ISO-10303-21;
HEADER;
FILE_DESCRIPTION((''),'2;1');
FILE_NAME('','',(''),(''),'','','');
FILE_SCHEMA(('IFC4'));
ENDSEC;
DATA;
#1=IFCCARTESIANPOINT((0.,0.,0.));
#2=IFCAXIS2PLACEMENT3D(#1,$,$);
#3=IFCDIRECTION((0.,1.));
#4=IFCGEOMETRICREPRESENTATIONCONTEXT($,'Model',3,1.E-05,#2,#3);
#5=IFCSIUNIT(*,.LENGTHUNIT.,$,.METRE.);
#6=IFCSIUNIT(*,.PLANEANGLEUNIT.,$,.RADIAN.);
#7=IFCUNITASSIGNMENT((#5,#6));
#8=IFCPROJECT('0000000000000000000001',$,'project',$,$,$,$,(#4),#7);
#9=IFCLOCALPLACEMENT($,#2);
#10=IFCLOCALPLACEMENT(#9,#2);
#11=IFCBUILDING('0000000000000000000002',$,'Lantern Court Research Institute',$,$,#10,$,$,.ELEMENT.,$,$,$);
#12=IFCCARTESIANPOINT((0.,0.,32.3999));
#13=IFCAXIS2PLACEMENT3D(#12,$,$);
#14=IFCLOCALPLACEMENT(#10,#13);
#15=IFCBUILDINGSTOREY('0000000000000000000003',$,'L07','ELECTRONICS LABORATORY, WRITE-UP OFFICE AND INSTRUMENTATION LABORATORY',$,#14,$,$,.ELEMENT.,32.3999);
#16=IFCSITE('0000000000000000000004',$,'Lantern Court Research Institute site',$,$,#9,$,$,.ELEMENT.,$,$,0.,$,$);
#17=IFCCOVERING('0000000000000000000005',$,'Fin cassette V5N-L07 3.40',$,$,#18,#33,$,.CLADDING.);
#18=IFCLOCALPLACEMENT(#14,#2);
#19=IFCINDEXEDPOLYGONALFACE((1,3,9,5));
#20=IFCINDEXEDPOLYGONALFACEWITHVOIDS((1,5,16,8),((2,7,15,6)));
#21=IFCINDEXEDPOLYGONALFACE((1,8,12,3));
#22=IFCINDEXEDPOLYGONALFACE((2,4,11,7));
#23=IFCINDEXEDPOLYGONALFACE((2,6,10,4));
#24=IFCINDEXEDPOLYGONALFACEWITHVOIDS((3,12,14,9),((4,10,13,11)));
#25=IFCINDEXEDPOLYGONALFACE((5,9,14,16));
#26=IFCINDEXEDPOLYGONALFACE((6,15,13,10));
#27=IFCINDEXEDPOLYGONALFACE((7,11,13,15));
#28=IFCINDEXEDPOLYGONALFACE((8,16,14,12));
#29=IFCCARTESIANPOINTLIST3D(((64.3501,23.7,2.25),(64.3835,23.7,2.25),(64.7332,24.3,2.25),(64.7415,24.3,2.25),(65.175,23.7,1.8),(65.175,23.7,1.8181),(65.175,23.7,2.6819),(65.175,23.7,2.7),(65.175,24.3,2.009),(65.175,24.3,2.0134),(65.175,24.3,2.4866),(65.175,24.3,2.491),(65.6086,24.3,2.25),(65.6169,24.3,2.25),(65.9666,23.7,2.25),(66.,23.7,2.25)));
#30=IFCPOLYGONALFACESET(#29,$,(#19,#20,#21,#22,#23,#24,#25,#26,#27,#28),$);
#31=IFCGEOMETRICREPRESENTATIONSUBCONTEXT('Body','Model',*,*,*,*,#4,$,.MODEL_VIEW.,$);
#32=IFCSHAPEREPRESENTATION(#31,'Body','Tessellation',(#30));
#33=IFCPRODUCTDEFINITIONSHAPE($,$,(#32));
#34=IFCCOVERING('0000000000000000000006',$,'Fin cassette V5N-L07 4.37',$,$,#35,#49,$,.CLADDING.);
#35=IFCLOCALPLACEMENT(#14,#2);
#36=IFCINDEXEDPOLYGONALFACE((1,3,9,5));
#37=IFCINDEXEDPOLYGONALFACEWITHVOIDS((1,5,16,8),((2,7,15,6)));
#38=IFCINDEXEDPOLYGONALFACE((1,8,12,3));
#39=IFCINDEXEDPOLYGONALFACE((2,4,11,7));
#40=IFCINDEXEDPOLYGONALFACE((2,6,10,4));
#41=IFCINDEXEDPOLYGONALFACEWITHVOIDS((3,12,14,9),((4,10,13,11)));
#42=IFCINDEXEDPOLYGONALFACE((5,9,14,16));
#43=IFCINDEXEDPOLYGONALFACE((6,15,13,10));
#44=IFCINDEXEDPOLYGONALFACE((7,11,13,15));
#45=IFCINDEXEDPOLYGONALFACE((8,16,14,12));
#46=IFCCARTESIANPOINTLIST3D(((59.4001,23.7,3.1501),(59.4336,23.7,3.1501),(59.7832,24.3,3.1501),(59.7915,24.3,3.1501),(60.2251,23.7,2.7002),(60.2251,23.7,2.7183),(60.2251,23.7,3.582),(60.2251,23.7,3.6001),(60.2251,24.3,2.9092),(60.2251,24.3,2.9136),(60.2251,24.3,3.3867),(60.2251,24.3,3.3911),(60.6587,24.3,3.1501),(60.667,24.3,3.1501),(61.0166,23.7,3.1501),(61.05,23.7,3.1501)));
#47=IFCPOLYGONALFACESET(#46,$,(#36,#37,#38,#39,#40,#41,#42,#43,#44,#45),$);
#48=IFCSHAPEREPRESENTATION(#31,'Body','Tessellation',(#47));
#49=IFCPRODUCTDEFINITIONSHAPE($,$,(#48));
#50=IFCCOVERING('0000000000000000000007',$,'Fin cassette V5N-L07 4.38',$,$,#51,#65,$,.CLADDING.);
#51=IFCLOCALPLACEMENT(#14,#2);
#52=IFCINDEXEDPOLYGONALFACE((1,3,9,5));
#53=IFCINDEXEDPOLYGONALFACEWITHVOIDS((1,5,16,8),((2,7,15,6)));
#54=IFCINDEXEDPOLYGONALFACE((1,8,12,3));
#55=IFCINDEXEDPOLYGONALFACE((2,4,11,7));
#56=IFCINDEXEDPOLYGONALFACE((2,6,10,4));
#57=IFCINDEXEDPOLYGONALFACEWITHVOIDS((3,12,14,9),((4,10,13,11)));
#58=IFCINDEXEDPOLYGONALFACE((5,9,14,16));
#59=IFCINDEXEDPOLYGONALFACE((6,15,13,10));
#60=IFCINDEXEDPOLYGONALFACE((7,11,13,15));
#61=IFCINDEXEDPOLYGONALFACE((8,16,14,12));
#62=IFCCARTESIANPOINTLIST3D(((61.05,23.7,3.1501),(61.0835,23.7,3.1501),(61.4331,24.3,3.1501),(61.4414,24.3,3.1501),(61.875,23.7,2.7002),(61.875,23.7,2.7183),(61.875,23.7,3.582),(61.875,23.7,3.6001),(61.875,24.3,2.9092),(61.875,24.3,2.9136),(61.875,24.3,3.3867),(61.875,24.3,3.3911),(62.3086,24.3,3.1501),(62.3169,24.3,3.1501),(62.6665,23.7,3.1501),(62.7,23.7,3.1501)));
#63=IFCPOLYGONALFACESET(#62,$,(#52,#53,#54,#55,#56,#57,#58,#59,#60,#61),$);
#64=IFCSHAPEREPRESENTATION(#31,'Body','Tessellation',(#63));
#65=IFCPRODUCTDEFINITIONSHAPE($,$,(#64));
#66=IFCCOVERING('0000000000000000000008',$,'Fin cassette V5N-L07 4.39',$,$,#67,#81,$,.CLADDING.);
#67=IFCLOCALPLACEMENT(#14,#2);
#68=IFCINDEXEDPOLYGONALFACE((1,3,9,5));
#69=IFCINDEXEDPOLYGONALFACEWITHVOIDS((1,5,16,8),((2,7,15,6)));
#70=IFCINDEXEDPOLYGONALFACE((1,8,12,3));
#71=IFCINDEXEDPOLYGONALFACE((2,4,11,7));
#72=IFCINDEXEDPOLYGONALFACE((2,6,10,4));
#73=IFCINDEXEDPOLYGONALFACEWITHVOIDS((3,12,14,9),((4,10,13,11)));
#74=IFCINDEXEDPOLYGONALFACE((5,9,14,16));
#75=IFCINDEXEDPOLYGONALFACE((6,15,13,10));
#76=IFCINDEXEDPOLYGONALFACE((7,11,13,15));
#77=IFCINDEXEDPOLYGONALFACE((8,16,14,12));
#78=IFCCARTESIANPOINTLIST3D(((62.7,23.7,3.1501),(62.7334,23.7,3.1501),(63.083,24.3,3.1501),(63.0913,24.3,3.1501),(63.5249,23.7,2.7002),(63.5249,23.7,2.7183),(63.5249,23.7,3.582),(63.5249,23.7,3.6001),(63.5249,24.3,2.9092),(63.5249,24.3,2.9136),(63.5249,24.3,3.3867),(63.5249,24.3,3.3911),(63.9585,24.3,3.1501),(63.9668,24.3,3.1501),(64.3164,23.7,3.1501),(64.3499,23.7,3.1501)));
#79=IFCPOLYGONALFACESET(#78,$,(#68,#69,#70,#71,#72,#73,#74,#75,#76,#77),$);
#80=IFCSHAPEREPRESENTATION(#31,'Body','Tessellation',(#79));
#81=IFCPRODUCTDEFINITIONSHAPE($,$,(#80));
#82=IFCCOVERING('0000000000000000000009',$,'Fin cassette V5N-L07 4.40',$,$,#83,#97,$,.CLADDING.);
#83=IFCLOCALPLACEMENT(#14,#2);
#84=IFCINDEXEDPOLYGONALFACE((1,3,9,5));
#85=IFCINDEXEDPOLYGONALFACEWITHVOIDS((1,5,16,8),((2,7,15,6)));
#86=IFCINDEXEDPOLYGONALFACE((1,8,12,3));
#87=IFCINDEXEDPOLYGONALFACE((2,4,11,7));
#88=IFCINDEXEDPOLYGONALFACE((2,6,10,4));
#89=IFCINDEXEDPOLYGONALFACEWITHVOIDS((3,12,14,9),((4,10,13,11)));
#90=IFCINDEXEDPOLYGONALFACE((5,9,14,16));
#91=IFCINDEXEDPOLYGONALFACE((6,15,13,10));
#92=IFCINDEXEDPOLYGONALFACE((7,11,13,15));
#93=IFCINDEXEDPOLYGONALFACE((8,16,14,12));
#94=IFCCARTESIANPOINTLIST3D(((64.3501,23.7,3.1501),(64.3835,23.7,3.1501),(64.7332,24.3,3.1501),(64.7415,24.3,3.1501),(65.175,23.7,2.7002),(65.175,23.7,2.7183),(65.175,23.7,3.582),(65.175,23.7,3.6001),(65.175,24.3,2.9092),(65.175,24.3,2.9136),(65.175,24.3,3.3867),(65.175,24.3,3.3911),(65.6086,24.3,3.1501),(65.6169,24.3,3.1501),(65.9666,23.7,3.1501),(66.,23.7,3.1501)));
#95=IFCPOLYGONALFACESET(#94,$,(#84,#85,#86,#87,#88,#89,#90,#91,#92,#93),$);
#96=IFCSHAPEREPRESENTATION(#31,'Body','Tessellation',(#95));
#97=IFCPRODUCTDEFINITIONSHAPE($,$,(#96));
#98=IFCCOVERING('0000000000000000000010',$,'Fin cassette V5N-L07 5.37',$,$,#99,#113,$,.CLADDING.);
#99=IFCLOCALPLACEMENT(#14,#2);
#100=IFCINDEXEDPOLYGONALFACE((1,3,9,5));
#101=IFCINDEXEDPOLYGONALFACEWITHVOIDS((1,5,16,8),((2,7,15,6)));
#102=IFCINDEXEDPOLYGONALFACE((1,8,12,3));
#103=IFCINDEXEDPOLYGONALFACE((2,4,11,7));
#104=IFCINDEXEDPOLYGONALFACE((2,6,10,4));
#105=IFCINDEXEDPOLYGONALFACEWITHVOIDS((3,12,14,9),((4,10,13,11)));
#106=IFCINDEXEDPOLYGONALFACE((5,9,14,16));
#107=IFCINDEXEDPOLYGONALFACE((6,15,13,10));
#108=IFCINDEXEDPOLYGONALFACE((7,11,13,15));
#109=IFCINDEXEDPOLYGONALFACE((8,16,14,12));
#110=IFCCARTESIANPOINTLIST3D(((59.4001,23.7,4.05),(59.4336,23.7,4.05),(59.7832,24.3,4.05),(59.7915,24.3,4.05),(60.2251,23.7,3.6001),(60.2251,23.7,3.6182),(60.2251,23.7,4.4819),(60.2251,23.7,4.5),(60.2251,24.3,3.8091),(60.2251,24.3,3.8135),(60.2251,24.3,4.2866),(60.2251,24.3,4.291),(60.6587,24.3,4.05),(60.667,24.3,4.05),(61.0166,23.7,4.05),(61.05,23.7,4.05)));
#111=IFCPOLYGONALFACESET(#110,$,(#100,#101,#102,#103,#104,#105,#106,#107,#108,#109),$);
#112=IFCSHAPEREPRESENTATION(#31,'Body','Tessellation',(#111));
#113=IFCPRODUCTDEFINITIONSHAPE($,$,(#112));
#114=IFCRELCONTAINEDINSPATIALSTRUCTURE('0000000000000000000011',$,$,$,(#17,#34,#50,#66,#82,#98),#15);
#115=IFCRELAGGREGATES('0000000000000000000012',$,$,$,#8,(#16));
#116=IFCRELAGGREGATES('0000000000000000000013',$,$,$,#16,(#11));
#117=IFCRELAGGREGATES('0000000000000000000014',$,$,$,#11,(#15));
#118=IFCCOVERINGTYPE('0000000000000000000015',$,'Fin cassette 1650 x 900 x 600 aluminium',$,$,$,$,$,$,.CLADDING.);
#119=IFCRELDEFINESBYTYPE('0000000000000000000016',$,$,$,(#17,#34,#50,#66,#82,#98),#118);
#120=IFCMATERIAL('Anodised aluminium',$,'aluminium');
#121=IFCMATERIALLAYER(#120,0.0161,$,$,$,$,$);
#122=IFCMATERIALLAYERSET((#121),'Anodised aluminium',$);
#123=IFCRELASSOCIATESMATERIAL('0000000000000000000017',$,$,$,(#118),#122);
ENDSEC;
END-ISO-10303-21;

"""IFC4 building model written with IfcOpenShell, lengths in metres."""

from ifc_helpers import new_model, entity, si_unit, direction, frame, origin, place, context, subcontext, project, spatial, material, layer, layer_set, type_object, element, save


model = new_model("IFC4")

# Units and contexts
model_context = context("Model", 3, precision=1e-05, world=origin(), true_north=direction((0.0, 1.0)))
body_context = subcontext(model_context, "Body", "Model", "MODEL_VIEW")
ifc_project = project(units=[si_unit("LENGTHUNIT", "METRE"), si_unit("PLANEANGLEUNIT", "RADIAN")], contexts=[model_context])

# Site, building, storey
site_placement = place(None, origin())
site = spatial("IfcSite", under=ifc_project, at=site_placement, Name="Lantern Court Research Institute site", CompositionType="ELEMENT", RefElevation=0.0)
building_placement = place(site_placement, origin())
building = spatial("IfcBuilding", under=site, at=building_placement, Name="Lantern Court Research Institute", CompositionType="ELEMENT")
storey_placement = place(building_placement, frame((0.0, 0.0, 32.3999)))
storey = spatial("IfcBuildingStorey", under=building, at=storey_placement, Name="L07", Description="ELECTRONICS LABORATORY, WRITE-UP OFFICE AND INSTRUMENTATION LABORATORY", CompositionType="ELEMENT", Elevation=32.3999)

# Coverings
ifc_material_1 = material(Name="Anodised aluminium", Category="aluminium")
ifc_layer_1 = layer(ifc_material_1, 0.0161)
ifc_layer_set_1 = layer_set([ifc_layer_1], Name="Anodised aluminium")
covering_type = type_object("IfcCoveringType", Name="Fin cassette 1650 x 900 x 600 aluminium", PredefinedType="CLADDING", material=ifc_layer_set_1)
covering_1_placement = place(storey_placement, frame((65.175, 23.7, 2.25), z_axis=(0.0, 1.0, 0.0), x_axis=(-1.0, 0.0, 0.0)))
cartesian_point_1 = entity("IfcCartesianPoint", [0.825, 0.0])
cartesian_point_2 = entity("IfcCartesianPoint", [0.7915, 0.0])
cartesian_point_3 = entity("IfcCartesianPoint", [0.4419, 0.0])
cartesian_point_4 = entity("IfcCartesianPoint", [0.4336, 0.0])
element("IfcCovering", 1, at=covering_1_placement, inside=storey, type_object=covering_type, Name="Fin cassette V5N-L07 3.40", PredefinedType="CLADDING", context=body_context, shape_type="SweptSolid", body=[
    entity("IfcExtrudedAreaSolidTapered", entity("IfcArbitraryProfileDefWithVoids", "AREA", None, entity("IfcPolyline", [cartesian_point_1, entity("IfcCartesianPoint", [0.0, 0.45]), entity("IfcCartesianPoint", [-0.825, 0.0]), entity("IfcCartesianPoint", [0.0, -0.45]), cartesian_point_1]), [entity("IfcPolyline", [cartesian_point_2, entity("IfcCartesianPoint", [0.0, 0.4319]), entity("IfcCartesianPoint", [-0.7915, 0.0]), entity("IfcCartesianPoint", [0.0, -0.4319]), cartesian_point_2])]), entity("IfcAxis2Placement3D", entity("IfcCartesianPoint", [0.0, 0.0, 0.0])), entity("IfcDirection", [0.0, 0.0, 1.0]), 0.6001, entity("IfcArbitraryProfileDefWithVoids", "AREA", None, entity("IfcPolyline", [cartesian_point_3, entity("IfcCartesianPoint", [0.0, 0.241]), entity("IfcCartesianPoint", [-0.4419, 0.0]), entity("IfcCartesianPoint", [0.0, -0.241]), cartesian_point_3]), [entity("IfcPolyline", [cartesian_point_4, entity("IfcCartesianPoint", [0.0, 0.2366]), entity("IfcCartesianPoint", [-0.4336, 0.0]), entity("IfcCartesianPoint", [0.0, -0.2366]), cartesian_point_4])])),
])
covering_2_placement = place(storey_placement, frame((60.2251, 23.7, 3.1501), z_axis=(0.0, 1.0, 0.0), x_axis=(-1.0, 0.0, 0.0)))
cartesian_point_5 = entity("IfcCartesianPoint", [0.825, 0.0])
cartesian_point_6 = entity("IfcCartesianPoint", [0.7915, 0.0])
cartesian_point_7 = entity("IfcCartesianPoint", [0.4419, 0.0])
cartesian_point_8 = entity("IfcCartesianPoint", [0.4336, 0.0])
element("IfcCovering", 2, at=covering_2_placement, inside=storey, type_object=covering_type, Name="Fin cassette V5N-L07 4.37", PredefinedType="CLADDING", context=body_context, shape_type="SweptSolid", body=[
    entity("IfcExtrudedAreaSolidTapered", entity("IfcArbitraryProfileDefWithVoids", "AREA", None, entity("IfcPolyline", [cartesian_point_5, entity("IfcCartesianPoint", [0.0, 0.45]), entity("IfcCartesianPoint", [-0.825, 0.0]), entity("IfcCartesianPoint", [0.0, -0.45]), cartesian_point_5]), [entity("IfcPolyline", [cartesian_point_6, entity("IfcCartesianPoint", [0.0, 0.4319]), entity("IfcCartesianPoint", [-0.7915, 0.0]), entity("IfcCartesianPoint", [0.0, -0.4319]), cartesian_point_6])]), entity("IfcAxis2Placement3D", entity("IfcCartesianPoint", [0.0, 0.0, 0.0])), entity("IfcDirection", [0.0, 0.0, 1.0]), 0.6001, entity("IfcArbitraryProfileDefWithVoids", "AREA", None, entity("IfcPolyline", [cartesian_point_7, entity("IfcCartesianPoint", [0.0, 0.241]), entity("IfcCartesianPoint", [-0.4419, 0.0]), entity("IfcCartesianPoint", [0.0, -0.241]), cartesian_point_7]), [entity("IfcPolyline", [cartesian_point_8, entity("IfcCartesianPoint", [0.0, 0.2366]), entity("IfcCartesianPoint", [-0.4336, 0.0]), entity("IfcCartesianPoint", [0.0, -0.2366]), cartesian_point_8])])),
])
covering_3_placement = place(storey_placement, frame((61.875, 23.7, 3.1501), z_axis=(0.0, 1.0, 0.0), x_axis=(-1.0, 0.0, 0.0)))
cartesian_point_9 = entity("IfcCartesianPoint", [0.825, 0.0])
cartesian_point_10 = entity("IfcCartesianPoint", [0.7915, 0.0])
cartesian_point_11 = entity("IfcCartesianPoint", [0.4419, 0.0])
cartesian_point_12 = entity("IfcCartesianPoint", [0.4336, 0.0])
element("IfcCovering", 3, at=covering_3_placement, inside=storey, type_object=covering_type, Name="Fin cassette V5N-L07 4.38", PredefinedType="CLADDING", context=body_context, shape_type="SweptSolid", body=[
    entity("IfcExtrudedAreaSolidTapered", entity("IfcArbitraryProfileDefWithVoids", "AREA", None, entity("IfcPolyline", [cartesian_point_9, entity("IfcCartesianPoint", [0.0, 0.45]), entity("IfcCartesianPoint", [-0.825, 0.0]), entity("IfcCartesianPoint", [0.0, -0.45]), cartesian_point_9]), [entity("IfcPolyline", [cartesian_point_10, entity("IfcCartesianPoint", [0.0, 0.4319]), entity("IfcCartesianPoint", [-0.7915, 0.0]), entity("IfcCartesianPoint", [0.0, -0.4319]), cartesian_point_10])]), entity("IfcAxis2Placement3D", entity("IfcCartesianPoint", [0.0, 0.0, 0.0])), entity("IfcDirection", [0.0, 0.0, 1.0]), 0.6001, entity("IfcArbitraryProfileDefWithVoids", "AREA", None, entity("IfcPolyline", [cartesian_point_11, entity("IfcCartesianPoint", [0.0, 0.241]), entity("IfcCartesianPoint", [-0.4419, 0.0]), entity("IfcCartesianPoint", [0.0, -0.241]), cartesian_point_11]), [entity("IfcPolyline", [cartesian_point_12, entity("IfcCartesianPoint", [0.0, 0.2366]), entity("IfcCartesianPoint", [-0.4336, 0.0]), entity("IfcCartesianPoint", [0.0, -0.2366]), cartesian_point_12])])),
])
covering_4_placement = place(storey_placement, frame((63.5249, 23.7, 3.1501), z_axis=(0.0, 1.0, 0.0), x_axis=(-1.0, 0.0, 0.0)))
cartesian_point_13 = entity("IfcCartesianPoint", [0.825, 0.0])
cartesian_point_14 = entity("IfcCartesianPoint", [0.7915, 0.0])
cartesian_point_15 = entity("IfcCartesianPoint", [0.4419, 0.0])
cartesian_point_16 = entity("IfcCartesianPoint", [0.4336, 0.0])
element("IfcCovering", 4, at=covering_4_placement, inside=storey, type_object=covering_type, Name="Fin cassette V5N-L07 4.39", PredefinedType="CLADDING", context=body_context, shape_type="SweptSolid", body=[
    entity("IfcExtrudedAreaSolidTapered", entity("IfcArbitraryProfileDefWithVoids", "AREA", None, entity("IfcPolyline", [cartesian_point_13, entity("IfcCartesianPoint", [0.0, 0.45]), entity("IfcCartesianPoint", [-0.825, 0.0]), entity("IfcCartesianPoint", [0.0, -0.45]), cartesian_point_13]), [entity("IfcPolyline", [cartesian_point_14, entity("IfcCartesianPoint", [0.0, 0.4319]), entity("IfcCartesianPoint", [-0.7915, 0.0]), entity("IfcCartesianPoint", [0.0, -0.4319]), cartesian_point_14])]), entity("IfcAxis2Placement3D", entity("IfcCartesianPoint", [0.0, 0.0, 0.0])), entity("IfcDirection", [0.0, 0.0, 1.0]), 0.6001, entity("IfcArbitraryProfileDefWithVoids", "AREA", None, entity("IfcPolyline", [cartesian_point_15, entity("IfcCartesianPoint", [0.0, 0.241]), entity("IfcCartesianPoint", [-0.4419, 0.0]), entity("IfcCartesianPoint", [0.0, -0.241]), cartesian_point_15]), [entity("IfcPolyline", [cartesian_point_16, entity("IfcCartesianPoint", [0.0, 0.2366]), entity("IfcCartesianPoint", [-0.4336, 0.0]), entity("IfcCartesianPoint", [0.0, -0.2366]), cartesian_point_16])])),
])
covering_5_placement = place(storey_placement, frame((65.175, 23.7, 3.1501), z_axis=(0.0, 1.0, 0.0), x_axis=(-1.0, 0.0, 0.0)))
cartesian_point_17 = entity("IfcCartesianPoint", [0.825, 0.0])
cartesian_point_18 = entity("IfcCartesianPoint", [0.7915, 0.0])
cartesian_point_19 = entity("IfcCartesianPoint", [0.4419, 0.0])
cartesian_point_20 = entity("IfcCartesianPoint", [0.4336, 0.0])
element("IfcCovering", 5, at=covering_5_placement, inside=storey, type_object=covering_type, Name="Fin cassette V5N-L07 4.40", PredefinedType="CLADDING", context=body_context, shape_type="SweptSolid", body=[
    entity("IfcExtrudedAreaSolidTapered", entity("IfcArbitraryProfileDefWithVoids", "AREA", None, entity("IfcPolyline", [cartesian_point_17, entity("IfcCartesianPoint", [0.0, 0.45]), entity("IfcCartesianPoint", [-0.825, 0.0]), entity("IfcCartesianPoint", [0.0, -0.45]), cartesian_point_17]), [entity("IfcPolyline", [cartesian_point_18, entity("IfcCartesianPoint", [0.0, 0.4319]), entity("IfcCartesianPoint", [-0.7915, 0.0]), entity("IfcCartesianPoint", [0.0, -0.4319]), cartesian_point_18])]), entity("IfcAxis2Placement3D", entity("IfcCartesianPoint", [0.0, 0.0, 0.0])), entity("IfcDirection", [0.0, 0.0, 1.0]), 0.6001, entity("IfcArbitraryProfileDefWithVoids", "AREA", None, entity("IfcPolyline", [cartesian_point_19, entity("IfcCartesianPoint", [0.0, 0.241]), entity("IfcCartesianPoint", [-0.4419, 0.0]), entity("IfcCartesianPoint", [0.0, -0.241]), cartesian_point_19]), [entity("IfcPolyline", [cartesian_point_20, entity("IfcCartesianPoint", [0.0, 0.2366]), entity("IfcCartesianPoint", [-0.4336, 0.0]), entity("IfcCartesianPoint", [0.0, -0.2366]), cartesian_point_20])])),
])
covering_6_placement = place(storey_placement, frame((60.2251, 23.7, 4.05), z_axis=(0.0, 1.0, 0.0), x_axis=(-1.0, 0.0, 0.0)))
cartesian_point_21 = entity("IfcCartesianPoint", [0.825, 0.0])
cartesian_point_22 = entity("IfcCartesianPoint", [0.7915, 0.0])
cartesian_point_23 = entity("IfcCartesianPoint", [0.4419, 0.0])
cartesian_point_24 = entity("IfcCartesianPoint", [0.4336, 0.0])
element("IfcCovering", 6, at=covering_6_placement, inside=storey, type_object=covering_type, Name="Fin cassette V5N-L07 5.37", PredefinedType="CLADDING", context=body_context, shape_type="SweptSolid", body=[
    entity("IfcExtrudedAreaSolidTapered", entity("IfcArbitraryProfileDefWithVoids", "AREA", None, entity("IfcPolyline", [cartesian_point_21, entity("IfcCartesianPoint", [0.0, 0.45]), entity("IfcCartesianPoint", [-0.825, 0.0]), entity("IfcCartesianPoint", [0.0, -0.45]), cartesian_point_21]), [entity("IfcPolyline", [cartesian_point_22, entity("IfcCartesianPoint", [0.0, 0.4319]), entity("IfcCartesianPoint", [-0.7915, 0.0]), entity("IfcCartesianPoint", [0.0, -0.4319]), cartesian_point_22])]), entity("IfcAxis2Placement3D", entity("IfcCartesianPoint", [0.0, 0.0, 0.0])), entity("IfcDirection", [0.0, 0.0, 1.0]), 0.6001, entity("IfcArbitraryProfileDefWithVoids", "AREA", None, entity("IfcPolyline", [cartesian_point_23, entity("IfcCartesianPoint", [0.0, 0.241]), entity("IfcCartesianPoint", [-0.4419, 0.0]), entity("IfcCartesianPoint", [0.0, -0.241]), cartesian_point_23]), [entity("IfcPolyline", [cartesian_point_24, entity("IfcCartesianPoint", [0.0, 0.2366]), entity("IfcCartesianPoint", [-0.4336, 0.0]), entity("IfcCartesianPoint", [0.0, -0.2366]), cartesian_point_24])])),
])

save(model, "model.ifc")
